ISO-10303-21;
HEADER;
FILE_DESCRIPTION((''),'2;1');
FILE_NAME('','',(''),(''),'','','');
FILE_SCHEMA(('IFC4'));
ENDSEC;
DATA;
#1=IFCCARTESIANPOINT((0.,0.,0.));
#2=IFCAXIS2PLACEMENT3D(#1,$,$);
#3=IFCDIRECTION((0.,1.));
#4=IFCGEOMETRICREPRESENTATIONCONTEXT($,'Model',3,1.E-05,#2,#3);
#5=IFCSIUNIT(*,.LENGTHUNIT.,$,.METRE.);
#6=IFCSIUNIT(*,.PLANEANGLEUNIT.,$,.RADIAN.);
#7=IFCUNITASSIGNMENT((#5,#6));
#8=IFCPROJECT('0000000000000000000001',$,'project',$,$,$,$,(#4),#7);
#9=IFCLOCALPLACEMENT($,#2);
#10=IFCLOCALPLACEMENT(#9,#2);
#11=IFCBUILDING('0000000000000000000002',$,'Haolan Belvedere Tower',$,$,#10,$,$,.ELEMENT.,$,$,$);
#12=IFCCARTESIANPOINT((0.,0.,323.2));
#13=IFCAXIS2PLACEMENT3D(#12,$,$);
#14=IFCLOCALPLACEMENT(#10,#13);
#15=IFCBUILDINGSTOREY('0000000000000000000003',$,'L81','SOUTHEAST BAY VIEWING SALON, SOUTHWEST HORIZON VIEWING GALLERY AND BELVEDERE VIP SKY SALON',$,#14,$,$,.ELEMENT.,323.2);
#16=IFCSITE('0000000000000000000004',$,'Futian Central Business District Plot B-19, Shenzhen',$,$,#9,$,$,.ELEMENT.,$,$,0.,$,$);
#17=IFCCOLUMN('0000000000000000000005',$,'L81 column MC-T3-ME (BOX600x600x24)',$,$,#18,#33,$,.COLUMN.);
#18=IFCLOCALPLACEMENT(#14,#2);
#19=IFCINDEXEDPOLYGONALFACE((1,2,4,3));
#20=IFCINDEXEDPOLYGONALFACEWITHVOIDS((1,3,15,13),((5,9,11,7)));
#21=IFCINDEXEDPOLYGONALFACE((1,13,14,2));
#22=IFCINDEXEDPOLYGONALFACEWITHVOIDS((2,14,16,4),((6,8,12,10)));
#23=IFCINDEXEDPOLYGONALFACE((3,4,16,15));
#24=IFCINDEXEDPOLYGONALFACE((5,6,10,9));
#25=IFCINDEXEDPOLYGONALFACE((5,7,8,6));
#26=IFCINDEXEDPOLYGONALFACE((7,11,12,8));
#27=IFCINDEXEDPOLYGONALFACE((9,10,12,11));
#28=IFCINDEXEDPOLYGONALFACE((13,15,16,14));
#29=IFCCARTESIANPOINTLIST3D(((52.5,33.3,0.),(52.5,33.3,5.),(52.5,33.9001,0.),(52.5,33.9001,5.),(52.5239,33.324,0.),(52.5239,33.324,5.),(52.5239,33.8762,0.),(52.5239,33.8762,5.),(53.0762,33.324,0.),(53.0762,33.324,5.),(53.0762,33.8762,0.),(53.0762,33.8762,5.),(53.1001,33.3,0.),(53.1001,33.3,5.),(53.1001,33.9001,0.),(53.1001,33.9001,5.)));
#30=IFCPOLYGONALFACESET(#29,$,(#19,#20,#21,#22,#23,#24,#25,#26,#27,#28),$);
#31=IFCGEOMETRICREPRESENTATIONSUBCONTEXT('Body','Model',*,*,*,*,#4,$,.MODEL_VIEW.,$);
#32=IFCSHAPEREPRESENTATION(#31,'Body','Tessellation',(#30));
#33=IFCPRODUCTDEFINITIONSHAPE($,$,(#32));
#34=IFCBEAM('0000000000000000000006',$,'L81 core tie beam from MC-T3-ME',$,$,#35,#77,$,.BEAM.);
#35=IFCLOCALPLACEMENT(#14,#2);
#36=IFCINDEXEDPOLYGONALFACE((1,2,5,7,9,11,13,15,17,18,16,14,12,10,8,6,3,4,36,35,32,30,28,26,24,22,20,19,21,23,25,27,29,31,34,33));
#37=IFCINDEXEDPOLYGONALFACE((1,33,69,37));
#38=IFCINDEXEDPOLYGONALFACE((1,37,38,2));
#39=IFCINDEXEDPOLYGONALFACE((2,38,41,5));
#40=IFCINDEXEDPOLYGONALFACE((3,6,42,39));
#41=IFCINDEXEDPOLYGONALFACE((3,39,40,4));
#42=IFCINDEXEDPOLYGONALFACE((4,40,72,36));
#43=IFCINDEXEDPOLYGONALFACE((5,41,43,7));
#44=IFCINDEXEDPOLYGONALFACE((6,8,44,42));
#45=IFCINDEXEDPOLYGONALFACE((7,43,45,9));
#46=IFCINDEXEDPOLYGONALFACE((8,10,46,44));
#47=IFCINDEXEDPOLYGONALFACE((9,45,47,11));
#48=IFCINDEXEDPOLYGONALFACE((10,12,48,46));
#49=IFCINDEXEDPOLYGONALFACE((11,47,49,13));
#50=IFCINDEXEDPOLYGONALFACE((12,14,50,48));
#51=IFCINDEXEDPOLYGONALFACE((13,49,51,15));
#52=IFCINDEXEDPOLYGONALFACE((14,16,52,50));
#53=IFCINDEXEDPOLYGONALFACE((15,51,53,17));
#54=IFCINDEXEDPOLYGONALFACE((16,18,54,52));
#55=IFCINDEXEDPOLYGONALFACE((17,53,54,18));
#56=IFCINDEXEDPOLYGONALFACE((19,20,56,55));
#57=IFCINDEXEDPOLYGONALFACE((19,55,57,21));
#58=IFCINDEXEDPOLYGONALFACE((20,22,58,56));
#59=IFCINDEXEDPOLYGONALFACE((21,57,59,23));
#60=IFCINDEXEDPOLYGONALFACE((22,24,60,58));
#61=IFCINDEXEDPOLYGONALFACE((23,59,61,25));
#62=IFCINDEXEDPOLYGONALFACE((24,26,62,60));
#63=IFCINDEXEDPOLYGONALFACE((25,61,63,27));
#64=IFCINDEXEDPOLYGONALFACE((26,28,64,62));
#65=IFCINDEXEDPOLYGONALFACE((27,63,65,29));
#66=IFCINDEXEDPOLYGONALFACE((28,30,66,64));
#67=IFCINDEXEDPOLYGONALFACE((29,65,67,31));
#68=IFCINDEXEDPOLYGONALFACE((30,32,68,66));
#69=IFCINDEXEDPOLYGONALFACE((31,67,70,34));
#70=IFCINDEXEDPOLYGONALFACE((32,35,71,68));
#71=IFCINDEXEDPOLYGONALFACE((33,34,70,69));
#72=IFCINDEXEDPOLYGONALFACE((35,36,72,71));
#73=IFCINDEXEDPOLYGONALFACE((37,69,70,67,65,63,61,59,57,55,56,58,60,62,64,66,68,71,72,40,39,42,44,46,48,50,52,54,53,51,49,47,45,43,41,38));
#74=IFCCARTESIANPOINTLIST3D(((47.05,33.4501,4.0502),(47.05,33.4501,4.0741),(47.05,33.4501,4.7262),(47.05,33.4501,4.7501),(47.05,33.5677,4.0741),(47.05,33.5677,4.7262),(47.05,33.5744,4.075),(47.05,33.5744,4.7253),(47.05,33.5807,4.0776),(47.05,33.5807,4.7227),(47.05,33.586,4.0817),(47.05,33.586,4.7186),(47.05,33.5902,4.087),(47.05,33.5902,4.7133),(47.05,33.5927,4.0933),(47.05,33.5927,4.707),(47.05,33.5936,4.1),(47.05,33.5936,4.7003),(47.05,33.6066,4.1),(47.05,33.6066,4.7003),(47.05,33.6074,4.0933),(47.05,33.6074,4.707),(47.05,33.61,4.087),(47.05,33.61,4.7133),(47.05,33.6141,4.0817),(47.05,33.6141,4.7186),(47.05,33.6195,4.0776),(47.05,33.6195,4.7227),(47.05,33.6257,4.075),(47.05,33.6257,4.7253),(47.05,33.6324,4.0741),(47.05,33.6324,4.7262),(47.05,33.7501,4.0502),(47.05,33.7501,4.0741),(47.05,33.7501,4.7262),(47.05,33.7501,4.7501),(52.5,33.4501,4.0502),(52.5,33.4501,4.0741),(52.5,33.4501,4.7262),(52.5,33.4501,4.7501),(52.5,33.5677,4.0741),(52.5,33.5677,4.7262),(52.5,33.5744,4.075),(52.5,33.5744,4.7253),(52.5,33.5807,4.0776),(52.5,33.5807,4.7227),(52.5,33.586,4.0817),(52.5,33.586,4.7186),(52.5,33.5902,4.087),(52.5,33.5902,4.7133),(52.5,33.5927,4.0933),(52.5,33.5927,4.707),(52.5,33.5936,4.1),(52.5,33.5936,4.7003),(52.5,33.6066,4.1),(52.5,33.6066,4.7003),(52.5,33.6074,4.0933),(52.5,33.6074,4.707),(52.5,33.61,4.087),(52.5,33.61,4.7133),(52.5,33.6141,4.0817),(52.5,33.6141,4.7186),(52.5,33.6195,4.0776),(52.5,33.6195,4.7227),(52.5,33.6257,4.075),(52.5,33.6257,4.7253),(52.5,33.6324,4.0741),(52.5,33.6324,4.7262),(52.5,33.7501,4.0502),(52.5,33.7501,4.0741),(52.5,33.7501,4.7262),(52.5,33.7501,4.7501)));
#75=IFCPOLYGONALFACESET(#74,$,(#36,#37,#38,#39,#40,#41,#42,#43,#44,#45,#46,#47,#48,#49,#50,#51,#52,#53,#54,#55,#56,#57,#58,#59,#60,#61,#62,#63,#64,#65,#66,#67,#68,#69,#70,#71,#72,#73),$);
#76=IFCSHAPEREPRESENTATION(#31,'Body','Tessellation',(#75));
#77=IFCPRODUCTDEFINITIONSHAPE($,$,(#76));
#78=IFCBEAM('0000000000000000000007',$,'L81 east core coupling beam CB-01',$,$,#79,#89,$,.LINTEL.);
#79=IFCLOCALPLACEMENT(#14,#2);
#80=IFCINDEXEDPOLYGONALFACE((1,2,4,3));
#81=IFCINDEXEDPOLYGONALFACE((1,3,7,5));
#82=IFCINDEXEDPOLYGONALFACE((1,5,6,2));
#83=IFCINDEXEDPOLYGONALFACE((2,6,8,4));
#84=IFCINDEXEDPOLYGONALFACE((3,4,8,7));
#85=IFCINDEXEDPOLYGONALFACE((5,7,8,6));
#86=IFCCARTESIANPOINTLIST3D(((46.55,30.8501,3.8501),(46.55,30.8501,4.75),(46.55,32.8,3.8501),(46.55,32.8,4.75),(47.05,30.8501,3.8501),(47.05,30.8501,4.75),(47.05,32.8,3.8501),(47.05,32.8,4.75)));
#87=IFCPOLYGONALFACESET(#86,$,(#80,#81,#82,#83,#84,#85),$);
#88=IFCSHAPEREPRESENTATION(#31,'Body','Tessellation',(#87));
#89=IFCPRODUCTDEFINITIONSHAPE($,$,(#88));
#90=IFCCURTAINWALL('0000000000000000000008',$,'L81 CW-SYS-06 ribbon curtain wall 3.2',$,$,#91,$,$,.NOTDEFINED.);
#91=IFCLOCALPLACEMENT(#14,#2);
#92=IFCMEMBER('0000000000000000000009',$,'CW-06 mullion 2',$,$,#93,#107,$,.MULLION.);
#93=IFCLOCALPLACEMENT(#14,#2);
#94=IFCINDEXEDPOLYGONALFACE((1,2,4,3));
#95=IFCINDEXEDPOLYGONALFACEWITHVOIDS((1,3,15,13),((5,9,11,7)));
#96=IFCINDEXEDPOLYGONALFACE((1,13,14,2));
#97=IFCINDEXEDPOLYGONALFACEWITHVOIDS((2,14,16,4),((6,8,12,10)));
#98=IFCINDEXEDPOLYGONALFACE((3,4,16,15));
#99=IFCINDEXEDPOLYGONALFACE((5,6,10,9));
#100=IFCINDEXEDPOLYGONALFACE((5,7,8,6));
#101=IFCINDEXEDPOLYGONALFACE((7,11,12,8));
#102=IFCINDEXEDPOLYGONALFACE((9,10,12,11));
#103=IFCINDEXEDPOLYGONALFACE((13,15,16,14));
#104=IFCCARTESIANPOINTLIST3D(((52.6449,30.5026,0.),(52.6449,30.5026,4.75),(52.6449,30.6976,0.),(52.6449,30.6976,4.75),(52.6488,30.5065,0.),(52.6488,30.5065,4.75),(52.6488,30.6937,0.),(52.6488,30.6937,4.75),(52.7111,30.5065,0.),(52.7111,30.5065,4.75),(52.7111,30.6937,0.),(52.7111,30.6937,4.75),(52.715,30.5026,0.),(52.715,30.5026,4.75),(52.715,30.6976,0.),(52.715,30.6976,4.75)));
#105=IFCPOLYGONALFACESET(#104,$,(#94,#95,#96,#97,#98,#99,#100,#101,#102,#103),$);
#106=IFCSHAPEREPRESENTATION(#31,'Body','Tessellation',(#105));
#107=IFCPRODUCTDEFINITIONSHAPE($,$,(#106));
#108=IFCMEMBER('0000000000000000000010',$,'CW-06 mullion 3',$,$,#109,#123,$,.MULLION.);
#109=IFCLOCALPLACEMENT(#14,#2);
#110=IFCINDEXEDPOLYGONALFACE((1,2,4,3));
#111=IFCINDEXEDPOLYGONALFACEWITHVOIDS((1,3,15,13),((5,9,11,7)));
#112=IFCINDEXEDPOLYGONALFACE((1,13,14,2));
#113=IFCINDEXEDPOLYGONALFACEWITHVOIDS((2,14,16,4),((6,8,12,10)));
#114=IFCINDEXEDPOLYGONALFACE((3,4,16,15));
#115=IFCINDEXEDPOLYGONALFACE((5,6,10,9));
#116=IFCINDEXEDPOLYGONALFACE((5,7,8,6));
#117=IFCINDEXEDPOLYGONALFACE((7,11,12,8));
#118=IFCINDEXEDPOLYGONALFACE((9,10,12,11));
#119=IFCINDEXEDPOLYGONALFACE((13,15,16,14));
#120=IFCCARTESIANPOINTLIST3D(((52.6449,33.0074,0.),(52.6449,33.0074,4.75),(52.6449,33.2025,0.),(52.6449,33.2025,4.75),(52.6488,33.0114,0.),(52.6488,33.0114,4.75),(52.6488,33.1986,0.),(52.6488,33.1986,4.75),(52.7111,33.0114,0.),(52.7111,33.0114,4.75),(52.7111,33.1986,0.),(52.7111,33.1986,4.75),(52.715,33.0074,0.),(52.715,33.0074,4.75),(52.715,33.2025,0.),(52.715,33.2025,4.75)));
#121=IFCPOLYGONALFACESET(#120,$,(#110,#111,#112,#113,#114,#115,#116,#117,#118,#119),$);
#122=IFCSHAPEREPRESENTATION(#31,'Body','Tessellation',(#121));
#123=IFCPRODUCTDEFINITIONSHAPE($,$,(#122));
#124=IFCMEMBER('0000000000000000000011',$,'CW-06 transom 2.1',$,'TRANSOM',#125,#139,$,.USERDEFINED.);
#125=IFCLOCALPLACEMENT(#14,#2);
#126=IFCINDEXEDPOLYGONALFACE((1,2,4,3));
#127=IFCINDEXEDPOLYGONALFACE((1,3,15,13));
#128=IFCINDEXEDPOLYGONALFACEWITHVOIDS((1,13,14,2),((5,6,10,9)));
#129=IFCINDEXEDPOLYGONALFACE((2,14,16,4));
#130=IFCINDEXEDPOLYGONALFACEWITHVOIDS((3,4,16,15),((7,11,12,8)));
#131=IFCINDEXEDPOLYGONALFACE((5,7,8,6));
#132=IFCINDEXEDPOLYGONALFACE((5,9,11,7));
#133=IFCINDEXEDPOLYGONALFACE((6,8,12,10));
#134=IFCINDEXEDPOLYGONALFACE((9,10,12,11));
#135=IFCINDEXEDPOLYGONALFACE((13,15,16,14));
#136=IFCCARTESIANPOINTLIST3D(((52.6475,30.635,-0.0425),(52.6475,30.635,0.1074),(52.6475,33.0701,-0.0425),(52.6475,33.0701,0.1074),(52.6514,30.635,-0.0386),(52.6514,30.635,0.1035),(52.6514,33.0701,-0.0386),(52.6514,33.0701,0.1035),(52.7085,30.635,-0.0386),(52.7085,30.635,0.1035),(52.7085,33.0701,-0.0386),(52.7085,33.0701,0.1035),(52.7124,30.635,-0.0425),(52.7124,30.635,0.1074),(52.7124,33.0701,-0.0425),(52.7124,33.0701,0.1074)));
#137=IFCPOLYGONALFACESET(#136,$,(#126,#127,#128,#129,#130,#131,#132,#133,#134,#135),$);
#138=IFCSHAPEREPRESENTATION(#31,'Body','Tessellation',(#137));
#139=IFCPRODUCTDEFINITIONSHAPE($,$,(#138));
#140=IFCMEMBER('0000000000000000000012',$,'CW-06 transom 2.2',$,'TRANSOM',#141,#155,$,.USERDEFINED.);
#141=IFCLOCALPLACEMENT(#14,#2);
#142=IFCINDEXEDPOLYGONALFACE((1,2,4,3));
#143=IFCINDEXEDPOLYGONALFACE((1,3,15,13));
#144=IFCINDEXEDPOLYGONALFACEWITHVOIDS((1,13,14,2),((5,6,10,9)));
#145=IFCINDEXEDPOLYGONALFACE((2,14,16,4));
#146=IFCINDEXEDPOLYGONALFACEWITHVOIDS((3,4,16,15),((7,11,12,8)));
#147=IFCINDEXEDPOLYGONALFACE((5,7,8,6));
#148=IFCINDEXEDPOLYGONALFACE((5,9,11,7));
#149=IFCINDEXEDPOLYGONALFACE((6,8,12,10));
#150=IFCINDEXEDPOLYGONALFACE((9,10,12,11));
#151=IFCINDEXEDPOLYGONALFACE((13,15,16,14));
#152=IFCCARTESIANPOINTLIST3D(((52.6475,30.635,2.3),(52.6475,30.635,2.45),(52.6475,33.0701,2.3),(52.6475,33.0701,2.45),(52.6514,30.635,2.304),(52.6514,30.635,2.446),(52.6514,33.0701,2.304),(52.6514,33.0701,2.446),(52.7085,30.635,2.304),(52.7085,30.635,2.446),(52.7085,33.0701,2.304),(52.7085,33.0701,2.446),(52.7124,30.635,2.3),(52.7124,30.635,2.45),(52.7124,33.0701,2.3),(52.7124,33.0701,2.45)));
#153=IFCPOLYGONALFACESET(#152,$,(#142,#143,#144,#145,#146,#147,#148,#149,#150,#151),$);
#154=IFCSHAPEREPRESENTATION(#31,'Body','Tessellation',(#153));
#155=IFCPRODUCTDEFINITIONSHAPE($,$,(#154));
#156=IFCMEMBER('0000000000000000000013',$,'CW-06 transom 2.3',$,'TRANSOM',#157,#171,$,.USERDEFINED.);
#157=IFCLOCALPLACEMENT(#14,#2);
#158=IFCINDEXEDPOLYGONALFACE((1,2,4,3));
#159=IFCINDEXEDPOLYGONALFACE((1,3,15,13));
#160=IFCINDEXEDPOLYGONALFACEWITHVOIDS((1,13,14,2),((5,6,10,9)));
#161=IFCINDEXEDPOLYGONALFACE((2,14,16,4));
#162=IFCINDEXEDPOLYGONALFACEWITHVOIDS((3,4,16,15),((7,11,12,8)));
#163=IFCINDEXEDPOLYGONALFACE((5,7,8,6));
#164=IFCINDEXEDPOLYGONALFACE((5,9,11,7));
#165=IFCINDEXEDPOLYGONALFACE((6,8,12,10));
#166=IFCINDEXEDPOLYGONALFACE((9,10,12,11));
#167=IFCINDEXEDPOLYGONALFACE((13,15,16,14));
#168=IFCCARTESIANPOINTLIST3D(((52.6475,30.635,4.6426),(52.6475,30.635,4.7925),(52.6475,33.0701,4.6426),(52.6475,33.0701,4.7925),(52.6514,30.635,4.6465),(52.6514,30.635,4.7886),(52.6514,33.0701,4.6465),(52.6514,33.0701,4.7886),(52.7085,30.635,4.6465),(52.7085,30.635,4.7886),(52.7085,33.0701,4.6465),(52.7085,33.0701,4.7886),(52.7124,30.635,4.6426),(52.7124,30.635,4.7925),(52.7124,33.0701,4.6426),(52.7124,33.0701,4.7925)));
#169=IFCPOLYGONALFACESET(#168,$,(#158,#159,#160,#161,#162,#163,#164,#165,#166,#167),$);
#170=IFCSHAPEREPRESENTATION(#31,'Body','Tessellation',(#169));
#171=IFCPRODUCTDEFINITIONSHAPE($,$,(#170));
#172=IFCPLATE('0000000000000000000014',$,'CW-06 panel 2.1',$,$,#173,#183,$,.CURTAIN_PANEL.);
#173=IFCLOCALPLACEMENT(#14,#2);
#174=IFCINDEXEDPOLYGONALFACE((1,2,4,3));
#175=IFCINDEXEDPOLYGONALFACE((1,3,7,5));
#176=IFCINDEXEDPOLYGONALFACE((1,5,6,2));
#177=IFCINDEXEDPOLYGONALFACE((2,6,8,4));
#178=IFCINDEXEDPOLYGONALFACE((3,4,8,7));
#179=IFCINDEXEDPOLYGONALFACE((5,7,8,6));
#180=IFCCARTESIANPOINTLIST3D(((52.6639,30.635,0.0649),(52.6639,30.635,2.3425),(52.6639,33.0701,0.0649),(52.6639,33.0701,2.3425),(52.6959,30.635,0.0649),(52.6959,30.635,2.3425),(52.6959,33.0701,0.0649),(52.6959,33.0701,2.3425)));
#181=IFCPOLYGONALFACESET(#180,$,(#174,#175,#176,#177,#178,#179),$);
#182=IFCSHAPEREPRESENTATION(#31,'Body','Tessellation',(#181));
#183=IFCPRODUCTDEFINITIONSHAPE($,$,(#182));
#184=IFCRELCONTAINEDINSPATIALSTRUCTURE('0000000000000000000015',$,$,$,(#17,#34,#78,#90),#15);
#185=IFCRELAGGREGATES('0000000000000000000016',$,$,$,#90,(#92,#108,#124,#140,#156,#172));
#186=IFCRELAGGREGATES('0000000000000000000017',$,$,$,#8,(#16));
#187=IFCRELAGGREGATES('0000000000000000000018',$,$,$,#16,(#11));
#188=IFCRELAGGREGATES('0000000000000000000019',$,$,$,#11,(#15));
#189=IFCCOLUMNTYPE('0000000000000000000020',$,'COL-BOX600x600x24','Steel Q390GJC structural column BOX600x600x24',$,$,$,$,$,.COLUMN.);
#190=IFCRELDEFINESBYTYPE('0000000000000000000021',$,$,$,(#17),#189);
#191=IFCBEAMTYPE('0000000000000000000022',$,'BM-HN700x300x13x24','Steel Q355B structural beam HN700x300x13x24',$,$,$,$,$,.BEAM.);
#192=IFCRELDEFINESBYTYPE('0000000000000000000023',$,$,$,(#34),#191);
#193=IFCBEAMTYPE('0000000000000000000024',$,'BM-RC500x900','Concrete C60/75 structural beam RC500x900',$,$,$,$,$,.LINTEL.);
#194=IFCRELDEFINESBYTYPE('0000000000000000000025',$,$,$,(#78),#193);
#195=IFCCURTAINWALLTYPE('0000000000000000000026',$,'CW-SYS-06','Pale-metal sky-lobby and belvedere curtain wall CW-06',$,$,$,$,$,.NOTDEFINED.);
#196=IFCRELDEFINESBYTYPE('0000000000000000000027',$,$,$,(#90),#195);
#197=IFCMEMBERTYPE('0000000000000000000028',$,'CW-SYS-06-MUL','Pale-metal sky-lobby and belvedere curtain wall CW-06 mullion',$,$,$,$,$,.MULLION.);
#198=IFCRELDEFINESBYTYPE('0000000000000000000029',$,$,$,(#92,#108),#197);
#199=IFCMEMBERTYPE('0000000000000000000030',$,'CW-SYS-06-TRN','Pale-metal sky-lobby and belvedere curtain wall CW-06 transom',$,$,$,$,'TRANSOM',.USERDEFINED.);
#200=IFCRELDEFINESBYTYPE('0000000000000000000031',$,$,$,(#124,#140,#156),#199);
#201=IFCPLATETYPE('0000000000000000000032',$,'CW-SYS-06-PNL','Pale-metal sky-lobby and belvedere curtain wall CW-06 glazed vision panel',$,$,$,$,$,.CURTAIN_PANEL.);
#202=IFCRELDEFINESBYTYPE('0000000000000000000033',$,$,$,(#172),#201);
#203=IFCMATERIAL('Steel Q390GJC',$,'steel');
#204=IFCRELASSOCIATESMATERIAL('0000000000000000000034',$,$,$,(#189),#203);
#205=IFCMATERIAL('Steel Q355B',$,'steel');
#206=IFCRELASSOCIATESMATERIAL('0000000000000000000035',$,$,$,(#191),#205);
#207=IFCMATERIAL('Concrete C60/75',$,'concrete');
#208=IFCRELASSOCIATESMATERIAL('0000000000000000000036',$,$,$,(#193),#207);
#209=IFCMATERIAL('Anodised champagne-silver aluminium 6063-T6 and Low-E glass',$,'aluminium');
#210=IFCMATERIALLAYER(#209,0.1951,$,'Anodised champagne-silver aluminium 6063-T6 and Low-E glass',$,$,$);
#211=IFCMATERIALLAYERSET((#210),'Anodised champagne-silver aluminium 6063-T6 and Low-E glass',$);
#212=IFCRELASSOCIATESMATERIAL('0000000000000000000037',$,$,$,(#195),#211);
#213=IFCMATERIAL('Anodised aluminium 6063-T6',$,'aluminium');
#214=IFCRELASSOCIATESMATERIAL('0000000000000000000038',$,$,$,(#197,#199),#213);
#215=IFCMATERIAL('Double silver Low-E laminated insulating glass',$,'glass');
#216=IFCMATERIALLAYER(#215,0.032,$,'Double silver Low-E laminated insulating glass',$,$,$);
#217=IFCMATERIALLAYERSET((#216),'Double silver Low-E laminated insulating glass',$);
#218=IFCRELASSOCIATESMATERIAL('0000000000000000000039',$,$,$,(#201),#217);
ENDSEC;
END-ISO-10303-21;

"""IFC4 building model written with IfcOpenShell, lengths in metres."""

from ifc_helpers import new_model, si_unit, direction, frame, origin, origin_2d, place, context, subcontext, project, spatial, rectangle, hollow_rectangle, i_section, extrude, material, layer, layer_set, material_profile, profile_set, type_object, element, aggregate, save


model = new_model("IFC4")

# Units and contexts
model_context = context("Model", 3, precision=1e-05, world=origin(), true_north=direction((0.0, 1.0)))
body_context = subcontext(model_context, "Body", "Model", "MODEL_VIEW")
ifc_project = project(units=[si_unit("LENGTHUNIT", "METRE"), si_unit("PLANEANGLEUNIT", "RADIAN")], contexts=[model_context])

# Site, building, storey
site_placement = place(None, origin())
site = spatial("IfcSite", under=ifc_project, at=site_placement, Name="Futian Central Business District Plot B-19, Shenzhen", CompositionType="ELEMENT", RefElevation=0.0)
building_placement = place(site_placement, origin())
building = spatial("IfcBuilding", under=site, at=building_placement, Name="Haolan Belvedere Tower", CompositionType="ELEMENT")
storey_placement = place(building_placement, frame((0.0, 0.0, 323.2)))
storey = spatial("IfcBuildingStorey", under=building, at=storey_placement, Name="L81", Description="SOUTHEAST BAY VIEWING SALON, SOUTHWEST HORIZON VIEWING GALLERY AND BELVEDERE VIP SKY SALON", CompositionType="ELEMENT", Elevation=323.2)

# Column
ifc_material_1 = material(Name="Steel Q390GJC", Category="steel")
ifc_material_profile_1 = material_profile(ifc_material_1, hollow_rectangle(XDim=0.6001, YDim=0.6001, WallThickness=0.0239, at=origin_2d()), Name="Steel Q390GJC")
ifc_profile_set_1 = profile_set([ifc_material_profile_1], Name="Steel Q390GJC")
column_type = type_object("IfcColumnType", Name="COL-BOX600x600x24", Description="Steel Q390GJC structural column BOX600x600x24", PredefinedType="COLUMN", material=ifc_profile_set_1)
column_placement = place(storey_placement, frame((52.8, 33.6001, 0.0), z_axis=(0.0, 0.0, 1.0), x_axis=(1.0, 0.0, 0.0)))
element("IfcColumn", 1, at=column_placement, inside=storey, type_object=column_type, Name="L81 column MC-T3-ME (BOX600x600x24)", PredefinedType="COLUMN", context=body_context, shape_type="SweptSolid", body=[
    extrude(hollow_rectangle(XDim=0.6001, YDim=0.6001, WallThickness=0.0239, at=origin_2d()), origin(), (0.0, 0.0, 1.0), 5.0),
])

# Beams
ifc_material_2 = material(Name="Steel Q355B", Category="steel")
ifc_material_profile_2 = material_profile(ifc_material_2, i_section(OverallWidth=0.3, OverallDepth=0.7, WebThickness=0.0129, FlangeThickness=0.0239, FilletRadius=0.0259, at=origin_2d()), Name="Steel Q355B")
ifc_profile_set_2 = profile_set([ifc_material_profile_2], Name="Steel Q355B")
beam_type_1 = type_object("IfcBeamType", Name="BM-HN700x300x13x24", Description="Steel Q355B structural beam HN700x300x13x24", PredefinedType="BEAM", material=ifc_profile_set_2)
beam_1_placement = place(storey_placement, frame((52.5, 33.6001, 4.4001), z_axis=(-1.0, 0.0, 0.0), x_axis=(0.0, -1.0, 0.0)))
element("IfcBeam", 2, at=beam_1_placement, inside=storey, type_object=beam_type_1, Name="L81 core tie beam from MC-T3-ME", PredefinedType="BEAM", context=body_context, shape_type="SweptSolid", body=[
    extrude(i_section(OverallWidth=0.3, OverallDepth=0.7, WebThickness=0.0129, FlangeThickness=0.0239, FilletRadius=0.0259, at=origin_2d()), origin(), (0.0, 0.0, 1.0), 5.45),
])
ifc_material_3 = material(Name="Concrete C60/75", Category="concrete")
ifc_material_profile_3 = material_profile(ifc_material_3, rectangle(XDim=0.5, YDim=0.8999, at=origin_2d()), Name="Concrete C60/75")
ifc_profile_set_3 = profile_set([ifc_material_profile_3], Name="Concrete C60/75")
beam_type_2 = type_object("IfcBeamType", Name="BM-RC500x900", Description="Concrete C60/75 structural beam RC500x900", PredefinedType="LINTEL", material=ifc_profile_set_3)
beam_2_placement = place(storey_placement, frame((46.8, 30.8501, 4.3), z_axis=(0.0, 1.0, 0.0), x_axis=(-1.0, 0.0, 0.0)))
element("IfcBeam", 3, at=beam_2_placement, inside=storey, type_object=beam_type_2, Name="L81 east core coupling beam CB-01", PredefinedType="LINTEL", context=body_context, shape_type="SweptSolid", body=[
    extrude(rectangle(XDim=0.5, YDim=0.8999, at=origin_2d()), origin(), (0.0, 0.0, 1.0), 1.95),
])

# Curtain wall, members, plate
ifc_material_4 = material(Name="Anodised champagne-silver aluminium 6063-T6 and Low-E glass", Category="aluminium")
ifc_layer_1 = layer(ifc_material_4, 0.1951, Name="Anodised champagne-silver aluminium 6063-T6 and Low-E glass")
ifc_layer_set_1 = layer_set([ifc_layer_1], Name="Anodised champagne-silver aluminium 6063-T6 and Low-E glass")
curtain_wall_type = type_object("IfcCurtainWallType", Name="CW-SYS-06", Description="Pale-metal sky-lobby and belvedere curtain wall CW-06", PredefinedType="NOTDEFINED", material=ifc_layer_set_1)
curtain_wall_placement = place(storey_placement, origin())
curtain_wall = element("IfcCurtainWall", 4, at=curtain_wall_placement, inside=storey, type_object=curtain_wall_type, Name="L81 CW-SYS-06 ribbon curtain wall 3.2", PredefinedType="NOTDEFINED")
ifc_material_5 = material(Name="Anodised aluminium 6063-T6", Category="aluminium")
ifc_material_profile_4 = material_profile(ifc_material_5, hollow_rectangle(XDim=0.0701, YDim=0.1951, WallThickness=0.0039, at=origin_2d()), Name="Anodised aluminium 6063-T6")
ifc_profile_set_4 = profile_set([ifc_material_profile_4], Name="Anodised aluminium 6063-T6")
member_type_1 = type_object("IfcMemberType", Name="CW-SYS-06-MUL", Description="Pale-metal sky-lobby and belvedere curtain wall CW-06 mullion", PredefinedType="MULLION", material=ifc_profile_set_4)
member_1_placement = place(storey_placement, frame((52.6799, 30.6001, 0.0), z_axis=(0.0, 0.0, 1.0), x_axis=(-1.0, 0.0, 0.0)))
member_1 = element("IfcMember", 5, at=member_1_placement, type_object=member_type_1, Name="CW-06 mullion 2", PredefinedType="MULLION", context=body_context, shape_type="SweptSolid", body=[
    extrude(hollow_rectangle(XDim=0.0701, YDim=0.1951, WallThickness=0.0039, at=origin_2d()), origin(), (0.0, 0.0, 1.0), 4.75),
])
member_2_placement = place(storey_placement, frame((52.6799, 33.105, 0.0), z_axis=(0.0, 0.0, 1.0), x_axis=(-1.0, 0.0, 0.0)))
member_2 = element("IfcMember", 6, at=member_2_placement, type_object=member_type_1, Name="CW-06 mullion 3", PredefinedType="MULLION", context=body_context, shape_type="SweptSolid", body=[
    extrude(hollow_rectangle(XDim=0.0701, YDim=0.1951, WallThickness=0.0039, at=origin_2d()), origin(), (0.0, 0.0, 1.0), 4.75),
])
ifc_material_profile_5 = material_profile(ifc_material_5, hollow_rectangle(XDim=0.0649, YDim=0.1499, WallThickness=0.0039, at=origin_2d()), Name="Anodised aluminium 6063-T6")
ifc_profile_set_5 = profile_set([ifc_material_profile_5], Name="Anodised aluminium 6063-T6")
member_type_2 = type_object("IfcMemberType", Name="CW-SYS-06-TRN", Description="Pale-metal sky-lobby and belvedere curtain wall CW-06 transom", ElementType="TRANSOM", PredefinedType="USERDEFINED", material=ifc_profile_set_5)
member_3_placement = place(storey_placement, frame((52.6799, 30.635, 0.0325), z_axis=(0.0, 1.0, 0.0), x_axis=(-1.0, 0.0, 0.0)))
member_3 = element("IfcMember", 7, at=member_3_placement, type_object=member_type_2, Name="CW-06 transom 2.1", ObjectType="TRANSOM", PredefinedType="USERDEFINED", context=body_context, shape_type="SweptSolid", body=[
    extrude(hollow_rectangle(XDim=0.0649, YDim=0.1499, WallThickness=0.0039, at=origin_2d()), origin(), (0.0, 0.0, 1.0), 2.4351),
])
member_4_placement = place(storey_placement, frame((52.6799, 30.635, 2.375), z_axis=(0.0, 1.0, 0.0), x_axis=(-1.0, 0.0, 0.0)))
member_4 = element("IfcMember", 8, at=member_4_placement, type_object=member_type_2, Name="CW-06 transom 2.2", ObjectType="TRANSOM", PredefinedType="USERDEFINED", context=body_context, shape_type="SweptSolid", body=[
    extrude(hollow_rectangle(XDim=0.0649, YDim=0.1499, WallThickness=0.0039, at=origin_2d()), origin(), (0.0, 0.0, 1.0), 2.4351),
])
member_5_placement = place(storey_placement, frame((52.6799, 30.635, 4.7175), z_axis=(0.0, 1.0, 0.0), x_axis=(-1.0, 0.0, 0.0)))
member_5 = element("IfcMember", 9, at=member_5_placement, type_object=member_type_2, Name="CW-06 transom 2.3", ObjectType="TRANSOM", PredefinedType="USERDEFINED", context=body_context, shape_type="SweptSolid", body=[
    extrude(hollow_rectangle(XDim=0.0649, YDim=0.1499, WallThickness=0.0039, at=origin_2d()), origin(), (0.0, 0.0, 1.0), 2.4351),
])
ifc_material_6 = material(Name="Double silver Low-E laminated insulating glass", Category="glass")
ifc_layer_2 = layer(ifc_material_6, 0.032, Name="Double silver Low-E laminated insulating glass")
ifc_layer_set_2 = layer_set([ifc_layer_2], Name="Double silver Low-E laminated insulating glass")
plate_type_1 = type_object("IfcPlateType", Name="CW-SYS-06-PNL", Description="Pale-metal sky-lobby and belvedere curtain wall CW-06 glazed vision panel", PredefinedType="CURTAIN_PANEL", material=ifc_layer_set_2)
plate_1_placement = place(storey_placement, frame((52.6799, 31.8525, 0.0649), z_axis=(0.0, 0.0, 1.0), x_axis=(0.0, 1.0, 0.0)))
plate_1 = element("IfcPlate", 10, at=plate_1_placement, type_object=plate_type_1, Name="CW-06 panel 2.1", PredefinedType="CURTAIN_PANEL", context=body_context, shape_type="SweptSolid", body=[
    extrude(rectangle(XDim=2.4351, YDim=0.032, at=origin_2d()), origin(), (0.0, 0.0, 1.0), 2.2776),
])
aggregate(curtain_wall, [member_1, member_2, member_3, member_4, member_5, plate_1])

save(model, "model.ifc")
